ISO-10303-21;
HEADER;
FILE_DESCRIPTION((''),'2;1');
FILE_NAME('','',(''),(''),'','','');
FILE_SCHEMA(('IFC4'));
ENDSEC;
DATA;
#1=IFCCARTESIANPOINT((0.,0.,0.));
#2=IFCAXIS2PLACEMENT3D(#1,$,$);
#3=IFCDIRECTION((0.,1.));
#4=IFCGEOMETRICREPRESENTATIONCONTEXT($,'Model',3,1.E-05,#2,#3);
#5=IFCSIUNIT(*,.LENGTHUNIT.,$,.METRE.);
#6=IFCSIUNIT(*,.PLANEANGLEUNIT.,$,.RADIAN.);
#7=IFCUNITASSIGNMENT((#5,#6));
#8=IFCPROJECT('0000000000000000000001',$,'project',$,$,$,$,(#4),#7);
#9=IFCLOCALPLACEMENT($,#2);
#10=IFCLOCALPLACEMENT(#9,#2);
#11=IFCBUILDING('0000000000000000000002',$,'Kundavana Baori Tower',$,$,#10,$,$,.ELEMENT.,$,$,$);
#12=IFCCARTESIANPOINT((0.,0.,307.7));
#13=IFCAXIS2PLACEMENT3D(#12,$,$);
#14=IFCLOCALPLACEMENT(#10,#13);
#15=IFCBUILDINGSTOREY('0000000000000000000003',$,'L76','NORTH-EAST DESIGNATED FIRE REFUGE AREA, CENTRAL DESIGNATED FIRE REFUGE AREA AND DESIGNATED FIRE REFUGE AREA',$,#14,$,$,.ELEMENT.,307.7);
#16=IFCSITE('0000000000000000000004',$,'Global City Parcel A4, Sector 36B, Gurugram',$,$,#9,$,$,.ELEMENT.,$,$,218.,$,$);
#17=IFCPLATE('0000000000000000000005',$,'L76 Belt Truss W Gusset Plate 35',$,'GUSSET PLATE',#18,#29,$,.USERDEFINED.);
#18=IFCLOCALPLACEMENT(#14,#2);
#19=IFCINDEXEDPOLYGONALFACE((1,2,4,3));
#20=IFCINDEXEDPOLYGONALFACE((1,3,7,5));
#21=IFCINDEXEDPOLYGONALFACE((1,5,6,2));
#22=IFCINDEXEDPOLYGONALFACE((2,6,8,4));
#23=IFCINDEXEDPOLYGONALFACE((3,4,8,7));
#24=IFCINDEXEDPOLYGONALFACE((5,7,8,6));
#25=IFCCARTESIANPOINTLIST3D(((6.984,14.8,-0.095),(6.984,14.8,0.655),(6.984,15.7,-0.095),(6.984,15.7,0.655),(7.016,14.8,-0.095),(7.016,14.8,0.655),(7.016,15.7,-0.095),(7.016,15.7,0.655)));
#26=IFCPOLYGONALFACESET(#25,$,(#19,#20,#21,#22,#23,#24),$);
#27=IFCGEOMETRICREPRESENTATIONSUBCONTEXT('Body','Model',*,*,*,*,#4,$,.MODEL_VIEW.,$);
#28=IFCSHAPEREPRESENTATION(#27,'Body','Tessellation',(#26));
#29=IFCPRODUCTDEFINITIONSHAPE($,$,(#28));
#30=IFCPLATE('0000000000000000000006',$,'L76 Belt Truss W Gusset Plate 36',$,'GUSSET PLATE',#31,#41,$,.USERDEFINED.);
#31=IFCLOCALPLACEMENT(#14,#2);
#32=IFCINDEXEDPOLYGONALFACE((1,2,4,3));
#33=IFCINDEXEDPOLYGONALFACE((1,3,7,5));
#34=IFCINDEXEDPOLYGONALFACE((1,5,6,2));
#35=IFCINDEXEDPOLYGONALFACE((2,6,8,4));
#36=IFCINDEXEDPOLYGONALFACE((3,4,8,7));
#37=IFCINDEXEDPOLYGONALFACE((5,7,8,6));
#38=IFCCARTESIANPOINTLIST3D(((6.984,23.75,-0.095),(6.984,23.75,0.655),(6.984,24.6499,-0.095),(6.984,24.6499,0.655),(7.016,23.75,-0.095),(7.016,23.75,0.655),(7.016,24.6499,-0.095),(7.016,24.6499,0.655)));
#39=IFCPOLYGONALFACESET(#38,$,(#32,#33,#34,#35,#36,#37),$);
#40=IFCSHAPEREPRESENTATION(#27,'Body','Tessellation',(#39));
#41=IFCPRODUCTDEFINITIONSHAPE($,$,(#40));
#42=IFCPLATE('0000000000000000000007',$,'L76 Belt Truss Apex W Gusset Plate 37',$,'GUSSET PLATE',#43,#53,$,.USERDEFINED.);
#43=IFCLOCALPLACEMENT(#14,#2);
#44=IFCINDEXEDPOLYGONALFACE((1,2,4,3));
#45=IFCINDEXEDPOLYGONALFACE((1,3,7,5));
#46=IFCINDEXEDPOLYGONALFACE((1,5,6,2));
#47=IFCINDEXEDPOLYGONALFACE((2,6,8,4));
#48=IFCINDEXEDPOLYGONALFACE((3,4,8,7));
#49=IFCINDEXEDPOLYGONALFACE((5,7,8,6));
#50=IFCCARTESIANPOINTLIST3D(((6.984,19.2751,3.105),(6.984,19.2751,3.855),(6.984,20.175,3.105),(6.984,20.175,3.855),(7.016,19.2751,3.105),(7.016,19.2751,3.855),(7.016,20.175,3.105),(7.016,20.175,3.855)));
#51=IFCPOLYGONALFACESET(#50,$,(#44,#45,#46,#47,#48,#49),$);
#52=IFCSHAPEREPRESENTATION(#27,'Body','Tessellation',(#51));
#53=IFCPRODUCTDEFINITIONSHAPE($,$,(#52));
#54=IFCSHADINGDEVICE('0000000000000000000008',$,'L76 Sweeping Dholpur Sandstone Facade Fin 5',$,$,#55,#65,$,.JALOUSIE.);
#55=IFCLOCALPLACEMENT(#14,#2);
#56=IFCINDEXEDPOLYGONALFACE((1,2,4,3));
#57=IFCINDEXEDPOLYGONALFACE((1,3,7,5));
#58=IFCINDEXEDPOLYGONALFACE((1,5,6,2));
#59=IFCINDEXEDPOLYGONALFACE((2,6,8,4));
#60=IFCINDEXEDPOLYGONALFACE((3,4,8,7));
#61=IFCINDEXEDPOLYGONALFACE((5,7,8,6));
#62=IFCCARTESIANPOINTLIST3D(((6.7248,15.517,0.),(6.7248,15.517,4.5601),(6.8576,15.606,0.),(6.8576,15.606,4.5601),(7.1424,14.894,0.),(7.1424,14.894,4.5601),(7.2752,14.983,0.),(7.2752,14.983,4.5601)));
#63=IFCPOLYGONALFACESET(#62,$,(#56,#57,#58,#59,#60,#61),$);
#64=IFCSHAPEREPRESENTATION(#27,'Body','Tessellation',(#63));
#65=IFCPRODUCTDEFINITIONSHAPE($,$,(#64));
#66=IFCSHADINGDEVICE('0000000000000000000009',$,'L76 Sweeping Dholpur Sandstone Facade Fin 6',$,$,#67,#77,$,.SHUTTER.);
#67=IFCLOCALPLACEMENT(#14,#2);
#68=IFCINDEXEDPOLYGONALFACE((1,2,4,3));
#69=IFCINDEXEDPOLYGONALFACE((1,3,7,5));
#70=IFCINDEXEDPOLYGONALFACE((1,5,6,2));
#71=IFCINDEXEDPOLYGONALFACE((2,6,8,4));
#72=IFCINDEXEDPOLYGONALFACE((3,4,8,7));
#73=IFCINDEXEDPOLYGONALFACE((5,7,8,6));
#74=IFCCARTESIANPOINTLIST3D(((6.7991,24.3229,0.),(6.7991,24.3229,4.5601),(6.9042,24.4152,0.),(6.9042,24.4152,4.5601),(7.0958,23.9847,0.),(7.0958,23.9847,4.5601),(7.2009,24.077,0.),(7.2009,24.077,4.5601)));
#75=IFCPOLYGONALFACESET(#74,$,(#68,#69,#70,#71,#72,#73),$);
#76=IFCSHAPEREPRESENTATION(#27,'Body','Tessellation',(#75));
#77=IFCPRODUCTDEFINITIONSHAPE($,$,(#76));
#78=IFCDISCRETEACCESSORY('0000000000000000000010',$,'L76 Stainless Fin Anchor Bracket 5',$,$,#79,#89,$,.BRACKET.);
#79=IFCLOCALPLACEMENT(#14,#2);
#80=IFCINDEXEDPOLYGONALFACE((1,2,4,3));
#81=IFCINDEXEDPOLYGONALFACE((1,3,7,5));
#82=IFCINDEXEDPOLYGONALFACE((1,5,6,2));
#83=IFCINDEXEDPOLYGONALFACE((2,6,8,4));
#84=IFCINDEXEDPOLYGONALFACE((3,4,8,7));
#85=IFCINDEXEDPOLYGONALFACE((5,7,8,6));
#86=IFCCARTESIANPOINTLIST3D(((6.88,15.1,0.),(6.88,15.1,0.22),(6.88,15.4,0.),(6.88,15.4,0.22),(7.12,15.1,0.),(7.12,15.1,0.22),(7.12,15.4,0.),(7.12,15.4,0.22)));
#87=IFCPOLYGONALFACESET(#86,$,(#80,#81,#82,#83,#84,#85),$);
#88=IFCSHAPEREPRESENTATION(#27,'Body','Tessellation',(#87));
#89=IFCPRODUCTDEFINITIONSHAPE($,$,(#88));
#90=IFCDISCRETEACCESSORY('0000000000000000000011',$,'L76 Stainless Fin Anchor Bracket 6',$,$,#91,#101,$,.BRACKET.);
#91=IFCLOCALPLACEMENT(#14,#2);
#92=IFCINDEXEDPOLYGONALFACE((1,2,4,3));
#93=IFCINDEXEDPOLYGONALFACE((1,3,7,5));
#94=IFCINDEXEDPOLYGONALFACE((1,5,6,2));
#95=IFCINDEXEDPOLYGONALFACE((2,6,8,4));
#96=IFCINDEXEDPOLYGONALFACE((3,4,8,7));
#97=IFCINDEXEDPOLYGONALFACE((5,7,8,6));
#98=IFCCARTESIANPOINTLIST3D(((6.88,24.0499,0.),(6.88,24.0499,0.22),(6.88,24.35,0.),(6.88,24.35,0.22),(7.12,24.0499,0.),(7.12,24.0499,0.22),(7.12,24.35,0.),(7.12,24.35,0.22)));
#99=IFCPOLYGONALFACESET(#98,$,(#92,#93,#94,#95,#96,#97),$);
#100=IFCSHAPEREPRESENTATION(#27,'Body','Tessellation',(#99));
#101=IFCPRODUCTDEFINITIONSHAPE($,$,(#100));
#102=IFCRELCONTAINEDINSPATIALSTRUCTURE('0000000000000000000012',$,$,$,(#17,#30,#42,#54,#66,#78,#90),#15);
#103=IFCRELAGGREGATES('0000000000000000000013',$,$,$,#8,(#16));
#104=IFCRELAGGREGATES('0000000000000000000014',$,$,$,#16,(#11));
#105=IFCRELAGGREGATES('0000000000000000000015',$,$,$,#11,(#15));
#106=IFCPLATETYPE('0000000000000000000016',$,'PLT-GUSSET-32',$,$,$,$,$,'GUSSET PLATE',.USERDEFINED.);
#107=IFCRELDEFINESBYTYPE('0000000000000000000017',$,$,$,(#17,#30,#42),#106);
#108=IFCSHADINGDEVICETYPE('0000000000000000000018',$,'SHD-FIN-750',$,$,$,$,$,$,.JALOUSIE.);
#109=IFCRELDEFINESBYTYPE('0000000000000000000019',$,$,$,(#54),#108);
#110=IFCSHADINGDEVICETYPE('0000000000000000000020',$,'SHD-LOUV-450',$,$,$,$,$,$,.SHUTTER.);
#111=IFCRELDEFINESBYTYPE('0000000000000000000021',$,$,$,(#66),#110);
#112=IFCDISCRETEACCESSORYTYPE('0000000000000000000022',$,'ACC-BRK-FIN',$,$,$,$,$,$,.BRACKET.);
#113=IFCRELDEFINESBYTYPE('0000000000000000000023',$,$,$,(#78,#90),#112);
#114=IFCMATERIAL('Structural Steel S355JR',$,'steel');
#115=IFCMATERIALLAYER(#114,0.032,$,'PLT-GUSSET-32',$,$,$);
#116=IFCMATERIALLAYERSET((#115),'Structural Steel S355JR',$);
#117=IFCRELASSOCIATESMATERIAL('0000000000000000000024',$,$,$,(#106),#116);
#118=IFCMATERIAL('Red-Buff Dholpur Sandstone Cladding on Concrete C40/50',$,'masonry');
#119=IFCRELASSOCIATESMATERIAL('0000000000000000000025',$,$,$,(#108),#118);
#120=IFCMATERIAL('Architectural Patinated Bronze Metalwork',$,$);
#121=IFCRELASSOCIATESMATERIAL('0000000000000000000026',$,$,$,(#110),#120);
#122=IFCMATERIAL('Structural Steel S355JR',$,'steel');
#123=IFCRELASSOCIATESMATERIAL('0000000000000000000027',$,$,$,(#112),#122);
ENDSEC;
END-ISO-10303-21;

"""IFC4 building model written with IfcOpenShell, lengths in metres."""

from ifc_helpers import new_model, si_unit, direction, frame, origin, origin_2d, place, context, subcontext, project, spatial, rectangle, extrude, material, layer, layer_set, type_object, element, save


model = new_model("IFC4")

# Units and contexts
model_context = context("Model", 3, precision=1e-05, world=origin(), true_north=direction((0.0, 1.0)))
body_context = subcontext(model_context, "Body", "Model", "MODEL_VIEW")
ifc_project = project(units=[si_unit("LENGTHUNIT", "METRE"), si_unit("PLANEANGLEUNIT", "RADIAN")], contexts=[model_context])

# Site, building, storey
site_placement = place(None, origin())
site = spatial("IfcSite", under=ifc_project, at=site_placement, Name="Global City Parcel A4, Sector 36B, Gurugram", CompositionType="ELEMENT", RefElevation=218.0)
building_placement = place(site_placement, origin())
building = spatial("IfcBuilding", under=site, at=building_placement, Name="Kundavana Baori Tower", CompositionType="ELEMENT")
storey_placement = place(building_placement, frame((0.0, 0.0, 307.7)))
storey = spatial("IfcBuildingStorey", under=building, at=storey_placement, Name="L76", Description="NORTH-EAST DESIGNATED FIRE REFUGE AREA, CENTRAL DESIGNATED FIRE REFUGE AREA AND DESIGNATED FIRE REFUGE AREA", CompositionType="ELEMENT", Elevation=307.7)

# Plates
ifc_material_1 = material(Name="Structural Steel S355JR", Category="steel")
ifc_layer = layer(ifc_material_1, 0.032, Name="PLT-GUSSET-32")
ifc_layer_set = layer_set([ifc_layer], Name="Structural Steel S355JR")
plate_type = type_object("IfcPlateType", Name="PLT-GUSSET-32", ElementType="GUSSET PLATE", PredefinedType="USERDEFINED", material=ifc_layer_set)
for number, where, z_axis, x_axis, name in (
    (1, (7.0, 15.25, -0.095), (0.0, 0.0, 1.0), (1.0, 0.0, 0.0), "L76 Belt Truss W Gusset Plate 35"),
    (2, (7.0, 24.2, -0.095), (0.0, 0.0, 1.0), (1.0, 0.0, 0.0), "L76 Belt Truss W Gusset Plate 36"),
    (3, (7.0, 19.7251, 3.105), (0.0, 0.0, 1.0), (1.0, 0.0, 0.0), "L76 Belt Truss Apex W Gusset Plate 37"),
):
    element("IfcPlate", number, at=place(storey_placement, frame(where, z_axis=z_axis, x_axis=x_axis)), inside=storey, type_object=plate_type, Name=name, ObjectType="GUSSET PLATE", PredefinedType="USERDEFINED", context=body_context, shape_type="SweptSolid", body=[
        extrude(rectangle(XDim=0.032, YDim=0.8999, at=origin_2d()), origin(), (0.0, 0.0, 1.0), 0.75),
    ])

# Shading devices
ifc_material_2 = material(Name="Red-Buff Dholpur Sandstone Cladding on Concrete C40/50", Category="masonry")
shading_device_type_1 = type_object("IfcShadingDeviceType", Name="SHD-FIN-750", PredefinedType="JALOUSIE", material=ifc_material_2)
shading_device_1_placement = place(storey_placement, frame((7.0, 15.25, 0.0), z_axis=(0.0, 0.0, 1.0), x_axis=(0.830693, 0.556731, 0.0)))
element("IfcShadingDevice", 4, at=shading_device_1_placement, inside=storey, type_object=shading_device_type_1, Name="L76 Sweeping Dholpur Sandstone Facade Fin 5", PredefinedType="JALOUSIE", context=body_context, shape_type="SweptSolid", body=[
    extrude(rectangle(XDim=0.1599, YDim=0.75, at=origin_2d()), origin(), (0.0, 0.0, 1.0), 4.5601),
])
ifc_material_3 = material(Name="Architectural Patinated Bronze Metalwork")
shading_device_type_2 = type_object("IfcShadingDeviceType", Name="SHD-LOUV-450", PredefinedType="SHUTTER", material=ifc_material_3)
shading_device_2_placement = place(storey_placement, frame((7.0, 24.2, 0.0), z_axis=(0.0, 0.0, 1.0), x_axis=(0.751725, 0.659477, 0.0)))
element("IfcShadingDevice", 5, at=shading_device_2_placement, inside=storey, type_object=shading_device_type_2, Name="L76 Sweeping Dholpur Sandstone Facade Fin 6", PredefinedType="SHUTTER", context=body_context, shape_type="SweptSolid", body=[
    extrude(rectangle(XDim=0.1399, YDim=0.45, at=origin_2d()), origin(), (0.0, 0.0, 1.0), 4.5601),
])

# Discrete accessories
ifc_material_4 = material(Name="Structural Steel S355JR", Category="steel")
discrete_accessory_type = type_object("IfcDiscreteAccessoryType", Name="ACC-BRK-FIN", PredefinedType="BRACKET", material=ifc_material_4)
for number, where, z_axis, x_axis, name in (
    (6, (7.0, 15.25, 0.0), (0.0, 0.0, 1.0), (1.0, 0.0, 0.0), "L76 Stainless Fin Anchor Bracket 5"),
    (7, (7.0, 24.2, 0.0), (0.0, 0.0, 1.0), (1.0, 0.0, 0.0), "L76 Stainless Fin Anchor Bracket 6"),
):
    element("IfcDiscreteAccessory", number, at=place(storey_placement, frame(where, z_axis=z_axis, x_axis=x_axis)), inside=storey, type_object=discrete_accessory_type, Name=name, PredefinedType="BRACKET", context=body_context, shape_type="SweptSolid", body=[
        extrude(rectangle(XDim=0.24, YDim=0.3, at=origin_2d()), origin(), (0.0, 0.0, 1.0), 0.22),
    ])

save(model, "model.ifc")
